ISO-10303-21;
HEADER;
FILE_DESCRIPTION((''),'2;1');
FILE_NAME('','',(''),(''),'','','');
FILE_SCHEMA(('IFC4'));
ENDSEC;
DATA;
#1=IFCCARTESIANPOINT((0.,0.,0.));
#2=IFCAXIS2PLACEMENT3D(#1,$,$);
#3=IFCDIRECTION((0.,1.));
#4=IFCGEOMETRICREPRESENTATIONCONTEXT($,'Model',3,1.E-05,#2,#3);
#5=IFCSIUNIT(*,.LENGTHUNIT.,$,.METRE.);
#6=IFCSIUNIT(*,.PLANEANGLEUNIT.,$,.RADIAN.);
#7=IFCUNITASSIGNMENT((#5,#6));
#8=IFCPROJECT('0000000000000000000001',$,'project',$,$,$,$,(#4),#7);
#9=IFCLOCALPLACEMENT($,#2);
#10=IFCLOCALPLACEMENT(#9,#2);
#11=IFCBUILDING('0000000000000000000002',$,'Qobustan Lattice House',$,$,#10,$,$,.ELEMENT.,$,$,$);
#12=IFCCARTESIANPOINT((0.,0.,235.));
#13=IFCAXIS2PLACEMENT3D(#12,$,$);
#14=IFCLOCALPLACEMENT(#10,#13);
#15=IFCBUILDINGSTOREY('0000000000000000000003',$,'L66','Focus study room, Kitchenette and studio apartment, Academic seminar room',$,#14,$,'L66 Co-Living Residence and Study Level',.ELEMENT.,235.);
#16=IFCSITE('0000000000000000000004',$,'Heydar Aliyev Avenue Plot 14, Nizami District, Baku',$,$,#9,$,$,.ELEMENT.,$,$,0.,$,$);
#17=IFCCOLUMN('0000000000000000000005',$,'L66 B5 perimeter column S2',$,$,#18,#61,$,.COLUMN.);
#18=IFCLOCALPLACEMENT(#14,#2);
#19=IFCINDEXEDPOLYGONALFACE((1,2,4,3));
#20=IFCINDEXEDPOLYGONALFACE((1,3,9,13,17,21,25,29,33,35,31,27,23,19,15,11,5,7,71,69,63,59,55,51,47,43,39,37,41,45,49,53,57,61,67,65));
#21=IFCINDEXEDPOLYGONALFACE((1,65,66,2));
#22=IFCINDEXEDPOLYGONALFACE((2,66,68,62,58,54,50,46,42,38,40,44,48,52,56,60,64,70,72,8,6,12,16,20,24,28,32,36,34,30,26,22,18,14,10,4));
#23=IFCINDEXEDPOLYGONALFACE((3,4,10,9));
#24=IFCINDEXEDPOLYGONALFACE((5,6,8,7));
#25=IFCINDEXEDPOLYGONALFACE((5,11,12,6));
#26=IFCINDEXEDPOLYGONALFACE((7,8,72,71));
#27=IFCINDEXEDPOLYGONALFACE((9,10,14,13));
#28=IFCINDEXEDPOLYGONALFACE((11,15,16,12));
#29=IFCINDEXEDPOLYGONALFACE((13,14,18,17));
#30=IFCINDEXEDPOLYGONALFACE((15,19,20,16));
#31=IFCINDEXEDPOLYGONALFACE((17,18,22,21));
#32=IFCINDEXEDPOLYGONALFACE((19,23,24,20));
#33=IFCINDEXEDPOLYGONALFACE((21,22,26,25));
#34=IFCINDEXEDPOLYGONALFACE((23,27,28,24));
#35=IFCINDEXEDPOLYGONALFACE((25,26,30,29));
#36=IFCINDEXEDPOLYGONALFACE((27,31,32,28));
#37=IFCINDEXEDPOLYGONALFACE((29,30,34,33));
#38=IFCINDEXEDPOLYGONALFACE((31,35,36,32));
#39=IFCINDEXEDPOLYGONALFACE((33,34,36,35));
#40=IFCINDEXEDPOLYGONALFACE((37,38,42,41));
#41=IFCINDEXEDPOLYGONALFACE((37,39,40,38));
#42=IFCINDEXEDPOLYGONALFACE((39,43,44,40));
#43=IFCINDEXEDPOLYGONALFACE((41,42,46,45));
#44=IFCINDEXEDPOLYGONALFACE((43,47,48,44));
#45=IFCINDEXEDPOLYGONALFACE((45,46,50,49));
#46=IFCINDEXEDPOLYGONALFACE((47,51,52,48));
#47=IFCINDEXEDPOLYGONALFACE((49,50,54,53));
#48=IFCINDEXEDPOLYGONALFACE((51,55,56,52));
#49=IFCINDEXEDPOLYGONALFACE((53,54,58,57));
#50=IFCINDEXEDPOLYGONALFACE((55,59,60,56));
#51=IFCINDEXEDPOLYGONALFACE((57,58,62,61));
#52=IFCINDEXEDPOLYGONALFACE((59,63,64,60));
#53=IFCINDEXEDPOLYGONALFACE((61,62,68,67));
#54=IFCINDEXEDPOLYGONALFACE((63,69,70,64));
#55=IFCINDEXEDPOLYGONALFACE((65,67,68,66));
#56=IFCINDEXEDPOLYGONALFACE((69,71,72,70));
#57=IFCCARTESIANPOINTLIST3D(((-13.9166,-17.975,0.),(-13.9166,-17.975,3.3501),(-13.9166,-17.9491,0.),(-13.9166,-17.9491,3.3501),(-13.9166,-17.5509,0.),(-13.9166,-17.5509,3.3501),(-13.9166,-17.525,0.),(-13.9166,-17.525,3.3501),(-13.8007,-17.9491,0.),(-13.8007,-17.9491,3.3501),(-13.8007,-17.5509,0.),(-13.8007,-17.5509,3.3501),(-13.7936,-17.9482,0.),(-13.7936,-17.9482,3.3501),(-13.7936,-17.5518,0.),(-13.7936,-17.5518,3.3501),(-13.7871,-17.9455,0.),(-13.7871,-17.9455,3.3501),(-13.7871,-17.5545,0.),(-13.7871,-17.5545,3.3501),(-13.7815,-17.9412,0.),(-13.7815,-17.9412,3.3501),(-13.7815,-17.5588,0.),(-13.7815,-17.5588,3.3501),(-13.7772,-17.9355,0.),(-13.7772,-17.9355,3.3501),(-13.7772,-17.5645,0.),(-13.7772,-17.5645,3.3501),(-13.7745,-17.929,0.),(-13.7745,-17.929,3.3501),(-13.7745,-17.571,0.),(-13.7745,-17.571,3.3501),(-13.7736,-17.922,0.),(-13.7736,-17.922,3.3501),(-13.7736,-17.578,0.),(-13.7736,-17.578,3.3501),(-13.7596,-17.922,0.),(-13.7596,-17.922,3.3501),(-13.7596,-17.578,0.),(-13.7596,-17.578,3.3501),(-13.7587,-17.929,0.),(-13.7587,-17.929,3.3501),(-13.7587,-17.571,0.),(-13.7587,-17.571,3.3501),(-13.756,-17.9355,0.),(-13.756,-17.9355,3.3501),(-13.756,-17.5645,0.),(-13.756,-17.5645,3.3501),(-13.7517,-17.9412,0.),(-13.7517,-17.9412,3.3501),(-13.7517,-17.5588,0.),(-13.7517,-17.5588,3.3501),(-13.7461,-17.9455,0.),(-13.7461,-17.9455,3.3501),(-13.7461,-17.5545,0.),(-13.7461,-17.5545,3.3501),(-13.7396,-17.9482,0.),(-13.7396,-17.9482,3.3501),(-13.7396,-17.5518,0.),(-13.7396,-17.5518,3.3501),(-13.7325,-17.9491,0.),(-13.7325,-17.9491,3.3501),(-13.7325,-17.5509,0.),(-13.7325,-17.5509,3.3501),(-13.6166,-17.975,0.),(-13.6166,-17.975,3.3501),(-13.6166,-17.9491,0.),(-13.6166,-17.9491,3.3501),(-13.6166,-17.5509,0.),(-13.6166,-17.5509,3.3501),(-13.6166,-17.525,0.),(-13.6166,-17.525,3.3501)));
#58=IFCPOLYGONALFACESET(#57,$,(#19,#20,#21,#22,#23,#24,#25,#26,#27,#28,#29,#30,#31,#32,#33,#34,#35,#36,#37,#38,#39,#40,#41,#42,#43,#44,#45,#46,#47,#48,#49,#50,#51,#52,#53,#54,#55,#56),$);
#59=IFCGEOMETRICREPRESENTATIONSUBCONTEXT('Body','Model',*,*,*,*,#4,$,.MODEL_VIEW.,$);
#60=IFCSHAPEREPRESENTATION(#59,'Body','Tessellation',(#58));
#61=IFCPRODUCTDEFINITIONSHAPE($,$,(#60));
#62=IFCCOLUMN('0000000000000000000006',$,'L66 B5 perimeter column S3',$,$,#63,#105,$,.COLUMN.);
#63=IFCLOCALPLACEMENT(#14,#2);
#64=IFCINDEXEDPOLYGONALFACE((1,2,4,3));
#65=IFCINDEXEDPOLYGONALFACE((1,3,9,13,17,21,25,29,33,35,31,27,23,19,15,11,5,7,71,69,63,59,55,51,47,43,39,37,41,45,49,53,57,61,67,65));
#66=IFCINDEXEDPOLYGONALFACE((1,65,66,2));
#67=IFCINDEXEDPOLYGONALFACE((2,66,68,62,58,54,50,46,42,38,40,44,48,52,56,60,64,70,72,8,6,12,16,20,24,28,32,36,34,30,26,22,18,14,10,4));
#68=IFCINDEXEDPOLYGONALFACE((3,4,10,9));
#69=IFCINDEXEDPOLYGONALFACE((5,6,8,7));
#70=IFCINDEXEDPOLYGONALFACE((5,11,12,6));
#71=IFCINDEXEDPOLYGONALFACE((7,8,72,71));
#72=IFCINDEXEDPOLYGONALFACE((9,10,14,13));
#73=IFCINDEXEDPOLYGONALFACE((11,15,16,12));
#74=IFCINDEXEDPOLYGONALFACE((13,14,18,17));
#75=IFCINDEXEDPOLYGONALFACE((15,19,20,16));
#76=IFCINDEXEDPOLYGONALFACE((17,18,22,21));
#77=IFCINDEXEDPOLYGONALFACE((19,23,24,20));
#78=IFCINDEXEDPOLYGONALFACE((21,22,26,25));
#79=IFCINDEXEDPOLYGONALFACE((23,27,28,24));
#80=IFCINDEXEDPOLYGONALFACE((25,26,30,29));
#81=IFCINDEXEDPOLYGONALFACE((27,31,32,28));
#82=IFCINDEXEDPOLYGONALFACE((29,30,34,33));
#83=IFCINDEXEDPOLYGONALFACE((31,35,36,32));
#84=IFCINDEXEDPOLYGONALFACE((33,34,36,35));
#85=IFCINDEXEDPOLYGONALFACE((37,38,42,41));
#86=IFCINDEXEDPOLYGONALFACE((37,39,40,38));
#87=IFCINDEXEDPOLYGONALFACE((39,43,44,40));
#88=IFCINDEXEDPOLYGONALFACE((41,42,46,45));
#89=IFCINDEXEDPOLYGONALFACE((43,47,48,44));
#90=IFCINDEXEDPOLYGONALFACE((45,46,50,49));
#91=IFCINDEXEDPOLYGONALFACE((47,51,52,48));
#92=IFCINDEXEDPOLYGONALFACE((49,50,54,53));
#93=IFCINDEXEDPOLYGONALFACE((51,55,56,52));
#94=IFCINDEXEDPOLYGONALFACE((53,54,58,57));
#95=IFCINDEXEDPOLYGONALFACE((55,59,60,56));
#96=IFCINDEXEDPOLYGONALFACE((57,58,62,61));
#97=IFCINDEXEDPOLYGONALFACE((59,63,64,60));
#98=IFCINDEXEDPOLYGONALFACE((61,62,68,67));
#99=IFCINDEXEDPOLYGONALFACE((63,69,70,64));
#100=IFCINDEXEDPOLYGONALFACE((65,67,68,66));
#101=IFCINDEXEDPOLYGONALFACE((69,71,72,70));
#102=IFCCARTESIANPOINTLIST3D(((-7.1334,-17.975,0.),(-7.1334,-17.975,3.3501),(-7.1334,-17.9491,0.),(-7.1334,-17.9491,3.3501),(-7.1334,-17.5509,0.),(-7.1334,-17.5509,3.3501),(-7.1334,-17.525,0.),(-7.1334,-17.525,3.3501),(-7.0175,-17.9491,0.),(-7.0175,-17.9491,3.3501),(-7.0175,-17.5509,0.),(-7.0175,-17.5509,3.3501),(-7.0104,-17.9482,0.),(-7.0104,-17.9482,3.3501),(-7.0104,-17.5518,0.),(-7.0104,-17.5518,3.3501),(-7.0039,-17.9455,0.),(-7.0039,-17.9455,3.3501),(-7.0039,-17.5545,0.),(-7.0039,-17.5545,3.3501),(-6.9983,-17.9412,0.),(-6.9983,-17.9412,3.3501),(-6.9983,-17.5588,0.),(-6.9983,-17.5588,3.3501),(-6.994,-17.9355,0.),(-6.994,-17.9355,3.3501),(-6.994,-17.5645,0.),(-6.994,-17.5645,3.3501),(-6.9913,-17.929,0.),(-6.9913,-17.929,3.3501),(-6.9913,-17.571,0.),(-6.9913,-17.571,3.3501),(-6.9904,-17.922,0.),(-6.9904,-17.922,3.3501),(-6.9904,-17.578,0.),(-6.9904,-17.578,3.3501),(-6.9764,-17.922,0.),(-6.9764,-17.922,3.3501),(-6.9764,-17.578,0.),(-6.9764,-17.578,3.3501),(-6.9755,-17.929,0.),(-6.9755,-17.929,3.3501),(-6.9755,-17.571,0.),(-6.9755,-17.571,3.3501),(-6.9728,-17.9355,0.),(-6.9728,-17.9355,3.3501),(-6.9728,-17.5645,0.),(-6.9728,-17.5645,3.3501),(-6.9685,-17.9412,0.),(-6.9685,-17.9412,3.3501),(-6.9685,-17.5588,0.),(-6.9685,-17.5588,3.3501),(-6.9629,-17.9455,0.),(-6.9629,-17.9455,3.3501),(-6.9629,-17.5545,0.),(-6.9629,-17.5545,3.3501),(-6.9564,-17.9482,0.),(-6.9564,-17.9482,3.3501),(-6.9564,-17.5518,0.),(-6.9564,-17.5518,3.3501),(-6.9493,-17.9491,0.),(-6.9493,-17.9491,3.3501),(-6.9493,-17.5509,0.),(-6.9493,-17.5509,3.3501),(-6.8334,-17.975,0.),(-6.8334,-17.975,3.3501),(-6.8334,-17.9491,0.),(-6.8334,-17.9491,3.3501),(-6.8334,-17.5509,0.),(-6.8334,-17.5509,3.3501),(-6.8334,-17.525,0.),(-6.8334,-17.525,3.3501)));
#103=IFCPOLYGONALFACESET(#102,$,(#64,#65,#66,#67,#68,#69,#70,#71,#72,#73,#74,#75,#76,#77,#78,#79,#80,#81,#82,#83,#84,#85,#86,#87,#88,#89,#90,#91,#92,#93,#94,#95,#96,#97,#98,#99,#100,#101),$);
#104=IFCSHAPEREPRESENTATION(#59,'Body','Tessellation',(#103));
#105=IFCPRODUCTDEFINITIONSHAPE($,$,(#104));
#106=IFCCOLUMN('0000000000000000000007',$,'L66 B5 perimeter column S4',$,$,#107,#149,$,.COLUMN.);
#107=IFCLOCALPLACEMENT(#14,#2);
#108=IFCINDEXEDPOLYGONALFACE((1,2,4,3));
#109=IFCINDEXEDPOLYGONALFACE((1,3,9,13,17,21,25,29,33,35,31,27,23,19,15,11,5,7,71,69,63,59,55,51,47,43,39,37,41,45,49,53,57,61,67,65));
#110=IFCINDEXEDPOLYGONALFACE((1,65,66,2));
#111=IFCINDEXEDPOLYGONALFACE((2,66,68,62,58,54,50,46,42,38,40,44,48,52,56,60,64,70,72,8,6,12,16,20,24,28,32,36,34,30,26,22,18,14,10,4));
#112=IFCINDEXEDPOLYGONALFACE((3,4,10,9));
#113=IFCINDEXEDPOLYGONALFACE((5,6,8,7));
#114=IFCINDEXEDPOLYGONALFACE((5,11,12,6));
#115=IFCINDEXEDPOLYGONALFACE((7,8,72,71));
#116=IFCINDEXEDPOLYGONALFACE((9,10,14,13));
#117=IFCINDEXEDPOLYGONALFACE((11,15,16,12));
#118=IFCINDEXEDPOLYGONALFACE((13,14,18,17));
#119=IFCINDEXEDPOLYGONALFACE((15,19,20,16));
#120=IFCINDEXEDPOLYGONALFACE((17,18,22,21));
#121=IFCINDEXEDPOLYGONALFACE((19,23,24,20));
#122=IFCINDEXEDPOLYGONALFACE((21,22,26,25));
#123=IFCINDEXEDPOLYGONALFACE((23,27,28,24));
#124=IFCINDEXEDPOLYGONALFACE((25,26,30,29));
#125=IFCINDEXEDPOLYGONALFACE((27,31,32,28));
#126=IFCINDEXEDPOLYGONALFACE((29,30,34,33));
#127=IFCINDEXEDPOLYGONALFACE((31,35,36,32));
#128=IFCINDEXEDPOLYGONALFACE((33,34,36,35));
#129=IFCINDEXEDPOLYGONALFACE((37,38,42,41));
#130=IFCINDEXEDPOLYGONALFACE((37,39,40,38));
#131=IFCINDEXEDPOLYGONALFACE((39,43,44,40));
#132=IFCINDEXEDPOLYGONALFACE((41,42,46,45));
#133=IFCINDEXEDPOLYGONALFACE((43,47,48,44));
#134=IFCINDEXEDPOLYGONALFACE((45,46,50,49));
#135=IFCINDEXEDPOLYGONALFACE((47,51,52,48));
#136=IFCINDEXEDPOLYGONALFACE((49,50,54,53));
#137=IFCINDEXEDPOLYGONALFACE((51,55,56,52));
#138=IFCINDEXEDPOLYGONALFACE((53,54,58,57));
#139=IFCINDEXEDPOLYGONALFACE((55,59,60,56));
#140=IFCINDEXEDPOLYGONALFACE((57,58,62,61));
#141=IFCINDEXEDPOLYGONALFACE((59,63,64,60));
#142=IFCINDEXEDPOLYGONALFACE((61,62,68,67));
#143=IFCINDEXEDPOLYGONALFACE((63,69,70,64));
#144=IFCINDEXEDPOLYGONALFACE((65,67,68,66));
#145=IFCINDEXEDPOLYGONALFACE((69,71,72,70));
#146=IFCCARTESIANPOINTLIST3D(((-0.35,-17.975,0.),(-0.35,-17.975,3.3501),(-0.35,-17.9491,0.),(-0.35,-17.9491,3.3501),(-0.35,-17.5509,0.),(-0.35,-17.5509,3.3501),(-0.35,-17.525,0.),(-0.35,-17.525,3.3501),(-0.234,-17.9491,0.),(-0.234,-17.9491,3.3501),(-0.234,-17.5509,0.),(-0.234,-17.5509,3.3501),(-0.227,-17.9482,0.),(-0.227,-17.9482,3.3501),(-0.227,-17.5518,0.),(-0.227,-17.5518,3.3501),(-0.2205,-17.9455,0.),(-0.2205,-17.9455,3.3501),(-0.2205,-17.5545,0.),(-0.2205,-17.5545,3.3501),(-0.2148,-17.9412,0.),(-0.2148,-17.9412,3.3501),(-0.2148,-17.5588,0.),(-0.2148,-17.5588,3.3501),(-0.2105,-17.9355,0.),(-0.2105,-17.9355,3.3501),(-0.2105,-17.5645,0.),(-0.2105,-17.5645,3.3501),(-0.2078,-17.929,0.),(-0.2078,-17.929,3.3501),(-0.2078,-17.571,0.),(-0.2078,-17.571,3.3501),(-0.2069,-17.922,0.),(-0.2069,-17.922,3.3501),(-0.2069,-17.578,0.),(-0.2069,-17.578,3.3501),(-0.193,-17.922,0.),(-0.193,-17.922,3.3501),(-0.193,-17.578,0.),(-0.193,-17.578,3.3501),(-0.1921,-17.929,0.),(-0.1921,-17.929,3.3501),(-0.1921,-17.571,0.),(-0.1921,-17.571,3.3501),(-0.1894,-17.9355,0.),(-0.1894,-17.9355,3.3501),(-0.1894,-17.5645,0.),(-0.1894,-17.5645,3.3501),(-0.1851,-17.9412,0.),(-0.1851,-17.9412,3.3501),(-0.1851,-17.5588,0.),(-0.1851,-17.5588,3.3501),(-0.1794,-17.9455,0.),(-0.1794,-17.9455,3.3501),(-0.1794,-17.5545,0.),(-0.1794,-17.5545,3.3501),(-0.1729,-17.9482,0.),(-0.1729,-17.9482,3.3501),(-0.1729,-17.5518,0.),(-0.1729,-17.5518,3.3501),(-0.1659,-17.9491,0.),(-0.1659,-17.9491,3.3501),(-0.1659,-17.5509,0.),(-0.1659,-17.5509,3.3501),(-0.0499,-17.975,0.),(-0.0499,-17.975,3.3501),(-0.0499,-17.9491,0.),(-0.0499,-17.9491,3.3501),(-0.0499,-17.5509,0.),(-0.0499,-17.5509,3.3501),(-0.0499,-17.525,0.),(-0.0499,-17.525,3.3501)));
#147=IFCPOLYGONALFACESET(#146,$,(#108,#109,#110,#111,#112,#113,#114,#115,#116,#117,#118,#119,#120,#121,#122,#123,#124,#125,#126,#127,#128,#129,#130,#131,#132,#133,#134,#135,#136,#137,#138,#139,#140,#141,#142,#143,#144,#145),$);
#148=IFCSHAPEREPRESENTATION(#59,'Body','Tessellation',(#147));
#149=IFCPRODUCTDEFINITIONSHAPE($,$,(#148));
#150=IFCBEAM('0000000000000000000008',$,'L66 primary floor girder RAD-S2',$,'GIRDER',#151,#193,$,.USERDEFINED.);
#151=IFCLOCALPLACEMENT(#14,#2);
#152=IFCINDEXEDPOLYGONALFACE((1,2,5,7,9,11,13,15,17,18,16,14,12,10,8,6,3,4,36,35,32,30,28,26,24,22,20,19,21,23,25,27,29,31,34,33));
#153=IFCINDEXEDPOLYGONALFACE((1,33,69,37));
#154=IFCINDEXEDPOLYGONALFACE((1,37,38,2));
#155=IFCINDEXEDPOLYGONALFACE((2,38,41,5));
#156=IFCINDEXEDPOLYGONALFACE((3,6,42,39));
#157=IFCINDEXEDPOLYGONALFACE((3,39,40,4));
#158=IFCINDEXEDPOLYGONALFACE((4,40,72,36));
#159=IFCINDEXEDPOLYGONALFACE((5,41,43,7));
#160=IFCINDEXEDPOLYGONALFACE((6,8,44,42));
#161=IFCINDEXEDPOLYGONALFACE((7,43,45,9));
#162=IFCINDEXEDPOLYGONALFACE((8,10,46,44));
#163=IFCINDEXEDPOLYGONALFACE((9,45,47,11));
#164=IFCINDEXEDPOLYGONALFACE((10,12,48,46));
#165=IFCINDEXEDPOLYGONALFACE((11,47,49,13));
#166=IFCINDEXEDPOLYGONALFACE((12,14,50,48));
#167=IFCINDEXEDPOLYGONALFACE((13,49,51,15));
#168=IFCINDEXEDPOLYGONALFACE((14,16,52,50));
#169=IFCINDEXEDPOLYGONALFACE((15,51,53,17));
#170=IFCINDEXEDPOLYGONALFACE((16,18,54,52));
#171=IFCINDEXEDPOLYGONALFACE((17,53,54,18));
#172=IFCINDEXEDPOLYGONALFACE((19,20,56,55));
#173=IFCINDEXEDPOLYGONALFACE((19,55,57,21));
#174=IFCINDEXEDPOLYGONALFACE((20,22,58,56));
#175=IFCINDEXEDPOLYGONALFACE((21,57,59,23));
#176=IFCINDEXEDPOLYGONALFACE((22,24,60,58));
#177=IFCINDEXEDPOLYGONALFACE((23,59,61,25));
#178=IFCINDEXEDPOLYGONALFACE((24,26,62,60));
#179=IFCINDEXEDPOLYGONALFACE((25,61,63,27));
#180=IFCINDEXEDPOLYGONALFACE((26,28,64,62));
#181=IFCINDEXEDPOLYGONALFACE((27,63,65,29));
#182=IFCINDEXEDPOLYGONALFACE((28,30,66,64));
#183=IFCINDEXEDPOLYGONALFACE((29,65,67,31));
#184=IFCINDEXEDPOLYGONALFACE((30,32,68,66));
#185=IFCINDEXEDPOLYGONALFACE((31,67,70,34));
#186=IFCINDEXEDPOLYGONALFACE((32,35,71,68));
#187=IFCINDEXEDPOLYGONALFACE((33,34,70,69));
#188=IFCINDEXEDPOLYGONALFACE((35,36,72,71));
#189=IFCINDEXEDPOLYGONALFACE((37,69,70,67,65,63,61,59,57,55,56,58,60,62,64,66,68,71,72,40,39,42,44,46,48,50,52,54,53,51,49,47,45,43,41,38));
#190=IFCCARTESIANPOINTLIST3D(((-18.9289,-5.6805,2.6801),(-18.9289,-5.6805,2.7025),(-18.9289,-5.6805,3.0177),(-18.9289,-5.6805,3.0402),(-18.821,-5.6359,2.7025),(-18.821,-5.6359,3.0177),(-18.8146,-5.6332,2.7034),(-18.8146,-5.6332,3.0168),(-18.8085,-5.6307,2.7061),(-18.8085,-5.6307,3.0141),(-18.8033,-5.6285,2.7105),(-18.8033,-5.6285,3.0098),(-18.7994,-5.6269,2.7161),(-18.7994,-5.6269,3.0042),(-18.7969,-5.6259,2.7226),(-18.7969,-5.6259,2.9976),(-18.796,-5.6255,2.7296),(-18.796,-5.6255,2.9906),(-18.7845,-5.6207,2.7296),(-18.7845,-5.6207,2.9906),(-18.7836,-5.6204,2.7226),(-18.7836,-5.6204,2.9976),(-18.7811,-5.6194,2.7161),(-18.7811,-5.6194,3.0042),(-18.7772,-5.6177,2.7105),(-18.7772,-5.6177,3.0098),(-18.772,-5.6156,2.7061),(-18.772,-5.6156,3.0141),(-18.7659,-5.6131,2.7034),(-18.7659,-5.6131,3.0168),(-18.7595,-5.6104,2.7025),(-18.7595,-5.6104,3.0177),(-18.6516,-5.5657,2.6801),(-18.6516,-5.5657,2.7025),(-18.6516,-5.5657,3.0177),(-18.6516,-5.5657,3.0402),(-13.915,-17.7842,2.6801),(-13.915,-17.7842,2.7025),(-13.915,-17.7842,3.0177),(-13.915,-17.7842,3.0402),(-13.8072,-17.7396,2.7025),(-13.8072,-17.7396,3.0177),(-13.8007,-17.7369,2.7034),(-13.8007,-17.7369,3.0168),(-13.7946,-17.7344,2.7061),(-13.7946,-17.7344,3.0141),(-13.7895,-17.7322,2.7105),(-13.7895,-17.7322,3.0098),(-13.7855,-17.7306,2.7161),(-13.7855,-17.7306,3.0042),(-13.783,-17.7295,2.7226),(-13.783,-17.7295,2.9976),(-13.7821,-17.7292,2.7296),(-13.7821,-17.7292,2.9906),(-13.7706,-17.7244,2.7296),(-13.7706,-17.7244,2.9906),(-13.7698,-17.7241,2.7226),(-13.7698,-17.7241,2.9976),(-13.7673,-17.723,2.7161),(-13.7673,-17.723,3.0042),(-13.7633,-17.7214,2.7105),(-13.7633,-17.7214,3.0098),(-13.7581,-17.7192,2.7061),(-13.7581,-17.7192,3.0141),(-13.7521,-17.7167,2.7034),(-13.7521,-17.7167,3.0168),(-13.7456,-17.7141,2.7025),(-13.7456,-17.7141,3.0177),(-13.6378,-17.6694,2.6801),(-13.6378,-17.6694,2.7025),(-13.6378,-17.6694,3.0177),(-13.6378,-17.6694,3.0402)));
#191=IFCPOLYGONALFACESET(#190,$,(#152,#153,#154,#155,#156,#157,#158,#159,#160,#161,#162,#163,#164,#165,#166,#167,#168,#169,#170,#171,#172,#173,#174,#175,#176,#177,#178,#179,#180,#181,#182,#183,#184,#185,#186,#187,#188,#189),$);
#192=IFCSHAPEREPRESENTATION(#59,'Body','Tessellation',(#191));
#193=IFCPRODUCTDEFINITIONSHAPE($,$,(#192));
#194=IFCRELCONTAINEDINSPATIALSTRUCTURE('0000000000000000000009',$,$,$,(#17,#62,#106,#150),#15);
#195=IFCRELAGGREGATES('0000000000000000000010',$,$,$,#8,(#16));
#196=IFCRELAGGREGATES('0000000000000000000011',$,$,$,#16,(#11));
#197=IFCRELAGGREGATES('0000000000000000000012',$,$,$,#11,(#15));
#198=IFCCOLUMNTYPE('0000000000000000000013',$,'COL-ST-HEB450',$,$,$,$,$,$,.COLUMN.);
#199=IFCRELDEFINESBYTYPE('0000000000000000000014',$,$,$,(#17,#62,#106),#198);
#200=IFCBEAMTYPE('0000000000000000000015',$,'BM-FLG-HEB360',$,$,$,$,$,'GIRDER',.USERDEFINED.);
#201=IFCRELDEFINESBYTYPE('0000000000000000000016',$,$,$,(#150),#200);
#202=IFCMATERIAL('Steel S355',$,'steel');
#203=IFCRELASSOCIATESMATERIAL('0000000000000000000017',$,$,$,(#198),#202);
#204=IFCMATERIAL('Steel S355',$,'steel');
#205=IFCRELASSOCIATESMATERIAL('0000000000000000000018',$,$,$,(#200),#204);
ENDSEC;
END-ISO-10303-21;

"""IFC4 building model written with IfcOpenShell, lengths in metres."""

from ifc_helpers import new_model, si_unit, direction, frame, origin, origin_2d, place, context, subcontext, project, spatial, i_section, extrude, material, material_profile, profile_set, type_object, element, save


model = new_model("IFC4")

# Units and contexts
model_context = context("Model", 3, precision=1e-05, world=origin(), true_north=direction((0.0, 1.0)))
body_context = subcontext(model_context, "Body", "Model", "MODEL_VIEW")
ifc_project = project(units=[si_unit("LENGTHUNIT", "METRE"), si_unit("PLANEANGLEUNIT", "RADIAN")], contexts=[model_context])

# Site, building, storey
site_placement = place(None, origin())
site = spatial("IfcSite", under=ifc_project, at=site_placement, Name="Heydar Aliyev Avenue Plot 14, Nizami District, Baku", CompositionType="ELEMENT", RefElevation=0.0)
building_placement = place(site_placement, origin())
building = spatial("IfcBuilding", under=site, at=building_placement, Name="Qobustan Lattice House", CompositionType="ELEMENT")
storey_placement = place(building_placement, frame((0.0, 0.0, 235.0)))
storey = spatial("IfcBuildingStorey", under=building, at=storey_placement, Name="L66", Description="Focus study room, Kitchenette and studio apartment, Academic seminar room", LongName="L66 Co-Living Residence and Study Level", CompositionType="ELEMENT", Elevation=235.0)

# Columns
ifc_material_1 = material(Name="Steel S355", Category="steel")
ifc_material_profile_1 = material_profile(ifc_material_1, i_section(OverallWidth=0.3, OverallDepth=0.45, WebThickness=0.0139, FlangeThickness=0.0259, FilletRadius=0.0271, at=origin_2d()), Name="HEB450")
ifc_profile_set_1 = profile_set([ifc_material_profile_1], Name="Steel S355")
column_type = type_object("IfcColumnType", Name="COL-ST-HEB450", PredefinedType="COLUMN", material=ifc_profile_set_1)
for number, where, z_axis, x_axis, name in (
    (1, (-13.7666, -17.75, 0.0), (0.0, 0.0, 1.0), (1.0, 0.0, 0.0), "L66 B5 perimeter column S2"),
    (2, (-6.9834, -17.75, 0.0), (0.0, 0.0, 1.0), (1.0, 0.0, 0.0), "L66 B5 perimeter column S3"),
    (3, (-0.2, -17.75, 0.0), (0.0, 0.0, 1.0), (1.0, 0.0, 0.0), "L66 B5 perimeter column S4"),
):
    element("IfcColumn", number, at=place(storey_placement, frame(where, z_axis=z_axis, x_axis=x_axis)), inside=storey, type_object=column_type, Name=name, PredefinedType="COLUMN", context=body_context, shape_type="SweptSolid", body=[
        extrude(i_section(OverallWidth=0.3, OverallDepth=0.45, WebThickness=0.0139, FlangeThickness=0.0259, FilletRadius=0.0271, at=origin_2d()), origin(), (0.0, 0.0, 1.0), 3.3501),
    ])

# Beam
ifc_material_2 = material(Name="Steel S355", Category="steel")
ifc_material_profile_2 = material_profile(ifc_material_2, i_section(OverallWidth=0.3, OverallDepth=0.3601, WebThickness=0.0125, FlangeThickness=0.0225, FilletRadius=0.0271, at=origin_2d()), Name="HEB360")
ifc_profile_set_2 = profile_set([ifc_material_profile_2], Name="Steel S355")
beam_type_1 = type_object("IfcBeamType", Name="BM-FLG-HEB360", ElementType="GIRDER", PredefinedType="USERDEFINED", material=ifc_profile_set_2)
beam_1_placement = place(storey_placement, frame((-13.7764, -17.7268, 2.8601), z_axis=(-0.382708, 0.923869, 0.0), x_axis=(-0.923869, -0.382708, 0.0)))
element("IfcBeam", 4, at=beam_1_placement, inside=storey, type_object=beam_type_1, Name="L66 primary floor girder RAD-S2", ObjectType="GIRDER", PredefinedType="USERDEFINED", context=body_context, shape_type="SweptSolid", body=[
    extrude(i_section(OverallWidth=0.3, OverallDepth=0.3601, WebThickness=0.0125, FlangeThickness=0.0225, FilletRadius=0.0271, at=origin_2d()), origin(), (0.0, 0.0, 1.0), 13.1011),
])

save(model, "model.ifc")
